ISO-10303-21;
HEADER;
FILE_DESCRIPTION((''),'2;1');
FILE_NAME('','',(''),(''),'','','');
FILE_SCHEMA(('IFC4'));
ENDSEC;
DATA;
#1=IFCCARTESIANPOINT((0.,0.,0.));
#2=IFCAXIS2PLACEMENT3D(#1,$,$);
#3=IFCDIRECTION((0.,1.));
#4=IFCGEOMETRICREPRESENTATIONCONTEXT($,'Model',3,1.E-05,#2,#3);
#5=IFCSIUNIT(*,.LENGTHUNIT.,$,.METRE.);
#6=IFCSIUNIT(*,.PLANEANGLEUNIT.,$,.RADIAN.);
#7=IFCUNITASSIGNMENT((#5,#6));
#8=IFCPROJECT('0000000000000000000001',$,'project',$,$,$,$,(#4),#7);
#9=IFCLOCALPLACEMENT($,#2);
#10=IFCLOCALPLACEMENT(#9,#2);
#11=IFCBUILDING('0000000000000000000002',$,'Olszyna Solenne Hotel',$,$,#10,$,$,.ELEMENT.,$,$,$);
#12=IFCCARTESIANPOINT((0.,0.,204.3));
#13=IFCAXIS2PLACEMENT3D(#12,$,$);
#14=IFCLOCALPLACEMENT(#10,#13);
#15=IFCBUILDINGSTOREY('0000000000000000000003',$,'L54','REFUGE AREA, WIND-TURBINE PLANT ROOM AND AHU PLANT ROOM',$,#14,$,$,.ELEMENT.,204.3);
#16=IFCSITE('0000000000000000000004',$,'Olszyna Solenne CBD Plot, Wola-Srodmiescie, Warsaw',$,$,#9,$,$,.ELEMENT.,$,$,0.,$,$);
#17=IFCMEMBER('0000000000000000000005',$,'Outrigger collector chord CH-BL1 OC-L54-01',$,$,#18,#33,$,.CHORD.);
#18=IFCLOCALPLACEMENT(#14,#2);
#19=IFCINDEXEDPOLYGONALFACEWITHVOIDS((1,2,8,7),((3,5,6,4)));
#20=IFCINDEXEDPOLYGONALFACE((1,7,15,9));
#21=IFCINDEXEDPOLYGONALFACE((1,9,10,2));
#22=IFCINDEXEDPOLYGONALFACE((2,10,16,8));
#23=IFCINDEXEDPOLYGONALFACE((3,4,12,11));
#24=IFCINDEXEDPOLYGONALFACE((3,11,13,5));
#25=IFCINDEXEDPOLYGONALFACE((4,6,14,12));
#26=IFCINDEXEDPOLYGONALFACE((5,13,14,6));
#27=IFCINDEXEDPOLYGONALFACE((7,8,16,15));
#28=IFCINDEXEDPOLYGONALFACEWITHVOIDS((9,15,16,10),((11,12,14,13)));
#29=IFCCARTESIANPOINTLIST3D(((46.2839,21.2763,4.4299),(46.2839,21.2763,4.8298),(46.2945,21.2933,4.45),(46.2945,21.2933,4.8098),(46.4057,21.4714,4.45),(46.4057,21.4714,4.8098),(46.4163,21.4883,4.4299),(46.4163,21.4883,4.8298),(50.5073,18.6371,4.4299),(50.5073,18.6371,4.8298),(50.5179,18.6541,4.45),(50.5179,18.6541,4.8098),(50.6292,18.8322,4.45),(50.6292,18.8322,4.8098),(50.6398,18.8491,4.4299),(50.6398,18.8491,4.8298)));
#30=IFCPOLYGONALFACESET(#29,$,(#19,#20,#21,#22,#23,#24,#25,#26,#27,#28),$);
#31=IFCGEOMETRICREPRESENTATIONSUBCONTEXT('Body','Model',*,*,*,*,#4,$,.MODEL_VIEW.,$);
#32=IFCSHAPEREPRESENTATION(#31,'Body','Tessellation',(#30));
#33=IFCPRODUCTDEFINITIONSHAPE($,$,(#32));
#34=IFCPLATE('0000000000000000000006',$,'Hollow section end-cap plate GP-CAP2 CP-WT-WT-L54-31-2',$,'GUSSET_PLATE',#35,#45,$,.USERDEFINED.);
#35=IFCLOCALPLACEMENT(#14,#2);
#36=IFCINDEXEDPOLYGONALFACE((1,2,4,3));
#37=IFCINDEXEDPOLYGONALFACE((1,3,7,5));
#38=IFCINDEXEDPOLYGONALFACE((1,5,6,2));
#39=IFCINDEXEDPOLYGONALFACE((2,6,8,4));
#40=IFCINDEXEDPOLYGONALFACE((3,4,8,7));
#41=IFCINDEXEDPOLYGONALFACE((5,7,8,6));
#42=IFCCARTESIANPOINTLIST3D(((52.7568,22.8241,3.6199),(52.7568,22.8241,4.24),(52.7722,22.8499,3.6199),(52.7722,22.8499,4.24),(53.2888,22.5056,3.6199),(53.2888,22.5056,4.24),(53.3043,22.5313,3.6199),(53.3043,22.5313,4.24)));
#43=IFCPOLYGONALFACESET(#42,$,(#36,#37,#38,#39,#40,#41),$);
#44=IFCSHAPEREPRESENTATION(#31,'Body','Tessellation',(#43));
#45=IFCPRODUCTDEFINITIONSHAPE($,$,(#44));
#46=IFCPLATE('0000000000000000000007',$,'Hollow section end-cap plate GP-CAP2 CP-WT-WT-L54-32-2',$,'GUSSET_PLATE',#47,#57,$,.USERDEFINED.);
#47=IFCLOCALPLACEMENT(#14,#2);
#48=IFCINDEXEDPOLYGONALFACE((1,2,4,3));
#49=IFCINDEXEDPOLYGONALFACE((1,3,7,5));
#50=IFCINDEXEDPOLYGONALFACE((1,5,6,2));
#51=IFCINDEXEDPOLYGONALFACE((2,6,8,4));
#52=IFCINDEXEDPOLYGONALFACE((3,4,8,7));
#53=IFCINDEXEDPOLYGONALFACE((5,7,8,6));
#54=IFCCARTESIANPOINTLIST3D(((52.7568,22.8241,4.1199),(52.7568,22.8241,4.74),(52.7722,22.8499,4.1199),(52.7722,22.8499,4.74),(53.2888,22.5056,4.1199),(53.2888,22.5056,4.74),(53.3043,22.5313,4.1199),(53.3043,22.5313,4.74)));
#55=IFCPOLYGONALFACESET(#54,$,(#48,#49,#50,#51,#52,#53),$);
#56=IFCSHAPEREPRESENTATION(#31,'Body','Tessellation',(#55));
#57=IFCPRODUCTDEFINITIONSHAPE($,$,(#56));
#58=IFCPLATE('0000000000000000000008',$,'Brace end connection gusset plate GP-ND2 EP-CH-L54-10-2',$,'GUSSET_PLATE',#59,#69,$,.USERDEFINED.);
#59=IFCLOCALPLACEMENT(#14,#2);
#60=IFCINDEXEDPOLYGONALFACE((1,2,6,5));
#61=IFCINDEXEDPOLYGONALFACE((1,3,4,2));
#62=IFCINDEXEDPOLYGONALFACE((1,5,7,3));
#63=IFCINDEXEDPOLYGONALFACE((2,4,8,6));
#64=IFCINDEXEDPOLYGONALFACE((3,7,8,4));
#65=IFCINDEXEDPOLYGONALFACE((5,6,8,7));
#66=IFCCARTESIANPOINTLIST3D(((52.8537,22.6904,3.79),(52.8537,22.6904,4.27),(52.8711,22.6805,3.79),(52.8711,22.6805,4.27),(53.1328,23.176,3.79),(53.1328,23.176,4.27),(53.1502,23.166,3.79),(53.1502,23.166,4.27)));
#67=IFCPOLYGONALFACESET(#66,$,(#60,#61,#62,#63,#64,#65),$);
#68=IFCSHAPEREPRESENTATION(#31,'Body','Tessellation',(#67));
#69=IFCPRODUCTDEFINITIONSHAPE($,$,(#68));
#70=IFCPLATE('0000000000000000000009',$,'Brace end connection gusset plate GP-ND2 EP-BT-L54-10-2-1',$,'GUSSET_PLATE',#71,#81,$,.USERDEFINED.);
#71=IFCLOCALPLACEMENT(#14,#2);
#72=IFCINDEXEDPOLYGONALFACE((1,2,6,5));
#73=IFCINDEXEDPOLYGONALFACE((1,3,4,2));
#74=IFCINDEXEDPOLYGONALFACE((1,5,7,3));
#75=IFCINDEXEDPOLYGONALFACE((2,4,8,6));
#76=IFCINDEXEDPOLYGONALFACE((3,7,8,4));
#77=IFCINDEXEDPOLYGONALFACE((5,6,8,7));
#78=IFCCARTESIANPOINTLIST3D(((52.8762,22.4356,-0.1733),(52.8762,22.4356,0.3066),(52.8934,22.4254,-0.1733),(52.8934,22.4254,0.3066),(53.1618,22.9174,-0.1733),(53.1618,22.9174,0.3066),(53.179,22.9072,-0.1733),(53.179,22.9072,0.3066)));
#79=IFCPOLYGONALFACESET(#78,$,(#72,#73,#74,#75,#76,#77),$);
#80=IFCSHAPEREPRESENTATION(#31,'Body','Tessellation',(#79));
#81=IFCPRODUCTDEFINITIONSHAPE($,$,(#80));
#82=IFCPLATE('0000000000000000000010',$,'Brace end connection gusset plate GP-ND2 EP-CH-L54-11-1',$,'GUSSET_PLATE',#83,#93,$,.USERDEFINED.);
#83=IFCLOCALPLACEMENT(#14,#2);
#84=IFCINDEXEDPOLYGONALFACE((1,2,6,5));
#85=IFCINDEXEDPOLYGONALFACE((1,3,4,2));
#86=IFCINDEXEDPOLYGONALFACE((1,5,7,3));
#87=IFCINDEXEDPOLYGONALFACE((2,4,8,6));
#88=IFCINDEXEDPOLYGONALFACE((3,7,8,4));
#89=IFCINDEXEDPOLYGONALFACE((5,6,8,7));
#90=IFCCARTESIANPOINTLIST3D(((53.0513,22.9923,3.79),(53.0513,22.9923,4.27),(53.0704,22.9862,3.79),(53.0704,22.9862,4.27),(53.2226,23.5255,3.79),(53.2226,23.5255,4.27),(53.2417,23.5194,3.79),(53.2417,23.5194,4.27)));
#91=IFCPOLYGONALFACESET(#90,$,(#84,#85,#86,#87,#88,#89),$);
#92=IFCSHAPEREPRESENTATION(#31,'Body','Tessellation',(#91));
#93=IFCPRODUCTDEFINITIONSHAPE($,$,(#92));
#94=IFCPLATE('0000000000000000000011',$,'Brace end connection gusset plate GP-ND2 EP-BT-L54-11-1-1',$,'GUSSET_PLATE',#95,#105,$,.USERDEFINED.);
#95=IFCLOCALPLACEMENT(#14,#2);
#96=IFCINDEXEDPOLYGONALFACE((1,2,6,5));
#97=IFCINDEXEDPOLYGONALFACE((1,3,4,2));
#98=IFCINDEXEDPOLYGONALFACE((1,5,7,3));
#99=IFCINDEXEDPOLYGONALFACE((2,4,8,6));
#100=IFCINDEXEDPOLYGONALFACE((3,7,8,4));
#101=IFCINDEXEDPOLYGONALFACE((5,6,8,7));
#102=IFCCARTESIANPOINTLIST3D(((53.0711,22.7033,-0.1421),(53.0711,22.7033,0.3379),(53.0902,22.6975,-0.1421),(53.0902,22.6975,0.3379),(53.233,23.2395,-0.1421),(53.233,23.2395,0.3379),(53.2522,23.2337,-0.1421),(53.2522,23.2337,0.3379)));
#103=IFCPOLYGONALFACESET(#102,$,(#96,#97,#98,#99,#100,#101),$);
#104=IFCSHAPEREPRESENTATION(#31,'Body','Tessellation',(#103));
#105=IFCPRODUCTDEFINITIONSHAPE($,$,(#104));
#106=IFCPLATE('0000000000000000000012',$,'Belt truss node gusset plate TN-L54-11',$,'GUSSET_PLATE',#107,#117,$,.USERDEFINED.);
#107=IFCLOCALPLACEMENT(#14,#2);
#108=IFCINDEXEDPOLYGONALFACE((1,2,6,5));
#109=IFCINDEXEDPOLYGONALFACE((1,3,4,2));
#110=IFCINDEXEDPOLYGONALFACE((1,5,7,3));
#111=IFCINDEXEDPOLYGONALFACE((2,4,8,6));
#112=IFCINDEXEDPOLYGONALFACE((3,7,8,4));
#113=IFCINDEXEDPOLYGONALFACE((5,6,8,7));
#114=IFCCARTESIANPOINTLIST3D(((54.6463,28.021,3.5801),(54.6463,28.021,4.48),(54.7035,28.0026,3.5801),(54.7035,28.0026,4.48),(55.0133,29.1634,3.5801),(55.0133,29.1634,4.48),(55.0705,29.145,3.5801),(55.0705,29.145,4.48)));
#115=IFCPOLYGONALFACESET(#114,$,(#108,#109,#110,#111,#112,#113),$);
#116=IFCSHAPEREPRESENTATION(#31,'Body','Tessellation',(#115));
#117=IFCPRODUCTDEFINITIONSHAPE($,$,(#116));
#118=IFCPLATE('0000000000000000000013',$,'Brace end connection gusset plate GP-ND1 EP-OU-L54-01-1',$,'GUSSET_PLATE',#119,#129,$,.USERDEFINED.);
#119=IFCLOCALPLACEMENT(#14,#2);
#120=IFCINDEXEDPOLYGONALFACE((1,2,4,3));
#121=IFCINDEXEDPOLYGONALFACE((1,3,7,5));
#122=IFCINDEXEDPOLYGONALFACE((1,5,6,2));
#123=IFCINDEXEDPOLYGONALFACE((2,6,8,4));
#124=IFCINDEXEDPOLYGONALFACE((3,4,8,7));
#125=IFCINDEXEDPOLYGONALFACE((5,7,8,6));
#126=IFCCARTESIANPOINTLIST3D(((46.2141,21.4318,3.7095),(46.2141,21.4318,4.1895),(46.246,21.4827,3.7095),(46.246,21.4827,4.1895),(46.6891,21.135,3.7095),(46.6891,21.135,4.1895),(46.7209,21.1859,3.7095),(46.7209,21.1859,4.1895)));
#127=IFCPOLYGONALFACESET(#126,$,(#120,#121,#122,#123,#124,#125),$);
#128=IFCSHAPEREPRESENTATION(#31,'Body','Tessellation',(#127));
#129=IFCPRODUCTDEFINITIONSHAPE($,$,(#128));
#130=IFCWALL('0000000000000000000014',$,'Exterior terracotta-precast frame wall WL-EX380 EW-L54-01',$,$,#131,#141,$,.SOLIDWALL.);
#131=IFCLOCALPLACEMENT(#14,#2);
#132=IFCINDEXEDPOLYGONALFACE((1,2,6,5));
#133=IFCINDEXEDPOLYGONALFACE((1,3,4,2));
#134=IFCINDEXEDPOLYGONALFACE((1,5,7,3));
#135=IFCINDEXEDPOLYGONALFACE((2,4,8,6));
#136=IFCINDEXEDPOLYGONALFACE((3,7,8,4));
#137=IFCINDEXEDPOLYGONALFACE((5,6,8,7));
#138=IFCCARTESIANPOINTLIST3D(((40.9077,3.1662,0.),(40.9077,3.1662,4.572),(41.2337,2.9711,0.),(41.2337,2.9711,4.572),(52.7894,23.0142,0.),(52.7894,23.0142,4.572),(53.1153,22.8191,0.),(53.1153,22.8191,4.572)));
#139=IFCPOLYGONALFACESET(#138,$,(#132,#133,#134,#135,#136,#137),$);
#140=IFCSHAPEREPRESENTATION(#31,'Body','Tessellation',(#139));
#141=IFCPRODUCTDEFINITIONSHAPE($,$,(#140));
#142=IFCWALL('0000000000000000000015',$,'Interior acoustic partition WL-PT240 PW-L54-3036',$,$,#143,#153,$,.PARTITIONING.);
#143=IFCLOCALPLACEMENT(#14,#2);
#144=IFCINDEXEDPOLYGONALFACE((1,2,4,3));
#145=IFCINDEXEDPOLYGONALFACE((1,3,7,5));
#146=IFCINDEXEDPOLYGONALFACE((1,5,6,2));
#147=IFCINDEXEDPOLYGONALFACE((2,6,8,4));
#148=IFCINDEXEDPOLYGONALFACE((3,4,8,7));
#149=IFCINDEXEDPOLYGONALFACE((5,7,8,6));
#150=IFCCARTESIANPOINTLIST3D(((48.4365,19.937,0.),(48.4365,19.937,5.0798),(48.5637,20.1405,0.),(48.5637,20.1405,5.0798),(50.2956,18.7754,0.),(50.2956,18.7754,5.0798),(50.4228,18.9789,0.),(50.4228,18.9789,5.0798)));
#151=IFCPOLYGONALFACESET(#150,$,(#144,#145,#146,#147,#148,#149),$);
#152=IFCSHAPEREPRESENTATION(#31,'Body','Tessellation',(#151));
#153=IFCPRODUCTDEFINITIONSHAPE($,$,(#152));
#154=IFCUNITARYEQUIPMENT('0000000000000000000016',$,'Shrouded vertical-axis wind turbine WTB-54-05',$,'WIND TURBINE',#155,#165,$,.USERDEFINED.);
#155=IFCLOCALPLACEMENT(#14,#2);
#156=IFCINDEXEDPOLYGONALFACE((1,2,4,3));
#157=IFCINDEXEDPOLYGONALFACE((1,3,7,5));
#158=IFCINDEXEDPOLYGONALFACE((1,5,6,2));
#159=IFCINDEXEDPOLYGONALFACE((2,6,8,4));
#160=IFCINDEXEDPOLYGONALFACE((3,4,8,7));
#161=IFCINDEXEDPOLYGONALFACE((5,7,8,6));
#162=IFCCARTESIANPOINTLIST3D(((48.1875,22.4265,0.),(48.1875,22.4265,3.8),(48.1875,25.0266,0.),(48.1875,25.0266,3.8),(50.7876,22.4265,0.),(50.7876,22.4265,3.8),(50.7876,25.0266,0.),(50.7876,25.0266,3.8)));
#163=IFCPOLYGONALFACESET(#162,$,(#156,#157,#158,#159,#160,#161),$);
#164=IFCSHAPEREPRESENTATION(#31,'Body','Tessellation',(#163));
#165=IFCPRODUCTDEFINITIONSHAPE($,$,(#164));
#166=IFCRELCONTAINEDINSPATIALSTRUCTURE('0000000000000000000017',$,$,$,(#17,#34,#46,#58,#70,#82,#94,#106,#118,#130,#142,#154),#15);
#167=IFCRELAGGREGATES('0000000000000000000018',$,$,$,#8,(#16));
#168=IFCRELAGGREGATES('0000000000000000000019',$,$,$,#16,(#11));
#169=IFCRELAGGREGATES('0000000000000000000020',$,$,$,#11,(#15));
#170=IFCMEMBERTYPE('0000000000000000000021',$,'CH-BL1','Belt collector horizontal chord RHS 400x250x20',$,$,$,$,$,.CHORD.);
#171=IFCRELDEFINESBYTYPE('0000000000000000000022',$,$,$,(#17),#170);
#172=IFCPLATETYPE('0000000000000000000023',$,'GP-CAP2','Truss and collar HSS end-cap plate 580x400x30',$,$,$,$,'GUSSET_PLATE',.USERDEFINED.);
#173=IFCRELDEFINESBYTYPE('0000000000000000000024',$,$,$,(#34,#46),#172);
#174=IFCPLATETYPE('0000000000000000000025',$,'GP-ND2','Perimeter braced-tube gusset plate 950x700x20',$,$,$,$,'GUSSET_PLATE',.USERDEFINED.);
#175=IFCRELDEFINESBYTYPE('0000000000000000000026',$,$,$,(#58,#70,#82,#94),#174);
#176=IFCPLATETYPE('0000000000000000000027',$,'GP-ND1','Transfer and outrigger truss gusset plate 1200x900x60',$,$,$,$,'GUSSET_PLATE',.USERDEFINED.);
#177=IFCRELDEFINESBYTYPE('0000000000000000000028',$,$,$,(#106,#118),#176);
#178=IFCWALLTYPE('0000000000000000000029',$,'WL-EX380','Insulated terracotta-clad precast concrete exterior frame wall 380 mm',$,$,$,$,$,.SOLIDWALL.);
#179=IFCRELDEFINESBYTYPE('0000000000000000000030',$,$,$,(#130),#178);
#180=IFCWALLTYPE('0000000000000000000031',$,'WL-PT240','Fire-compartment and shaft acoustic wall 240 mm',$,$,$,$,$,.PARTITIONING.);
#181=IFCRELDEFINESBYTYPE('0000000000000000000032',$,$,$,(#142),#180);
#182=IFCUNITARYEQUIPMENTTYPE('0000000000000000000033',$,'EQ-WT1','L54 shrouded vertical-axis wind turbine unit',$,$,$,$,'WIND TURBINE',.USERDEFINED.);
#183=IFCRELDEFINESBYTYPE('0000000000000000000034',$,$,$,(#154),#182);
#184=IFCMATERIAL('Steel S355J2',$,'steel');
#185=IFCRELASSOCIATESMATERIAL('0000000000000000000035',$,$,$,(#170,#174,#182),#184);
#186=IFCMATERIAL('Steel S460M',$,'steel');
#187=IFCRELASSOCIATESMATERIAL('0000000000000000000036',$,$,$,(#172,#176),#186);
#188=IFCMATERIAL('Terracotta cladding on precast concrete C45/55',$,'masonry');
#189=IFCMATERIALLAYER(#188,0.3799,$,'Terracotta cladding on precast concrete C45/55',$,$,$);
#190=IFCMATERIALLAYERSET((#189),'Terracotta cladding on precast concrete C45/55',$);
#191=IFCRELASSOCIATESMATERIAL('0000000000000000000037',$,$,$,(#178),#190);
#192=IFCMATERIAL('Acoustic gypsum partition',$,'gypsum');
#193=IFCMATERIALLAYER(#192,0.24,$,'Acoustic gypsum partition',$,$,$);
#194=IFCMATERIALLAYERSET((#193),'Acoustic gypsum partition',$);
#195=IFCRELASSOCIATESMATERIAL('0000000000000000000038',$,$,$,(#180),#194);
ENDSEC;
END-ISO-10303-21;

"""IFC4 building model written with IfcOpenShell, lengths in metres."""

from ifc_helpers import new_model, si_unit, direction, frame, frame_2d, origin, origin_2d, place, context, subcontext, project, spatial, rectangle, hollow_rectangle, extrude, source, transform, mapped, material, layer, layer_set, material_profile, profile_set, type_object, element, save


model = new_model("IFC4")

# Units and contexts
model_context = context("Model", 3, precision=1e-05, world=origin(), true_north=direction((0.0, 1.0)))
body_context = subcontext(model_context, "Body", "Model", "MODEL_VIEW")
ifc_project = project(units=[si_unit("LENGTHUNIT", "METRE"), si_unit("PLANEANGLEUNIT", "RADIAN")], contexts=[model_context])

# Site, building, storey
site_placement = place(None, origin())
site = spatial("IfcSite", under=ifc_project, at=site_placement, Name="Olszyna Solenne CBD Plot, Wola-Srodmiescie, Warsaw", CompositionType="ELEMENT", RefElevation=0.0)
building_placement = place(site_placement, origin())
building = spatial("IfcBuilding", under=site, at=building_placement, Name="Olszyna Solenne Hotel", CompositionType="ELEMENT")
storey_placement = place(building_placement, frame((0.0, 0.0, 204.3)))
storey = spatial("IfcBuildingStorey", under=building, at=storey_placement, Name="L54", Description="REFUGE AREA, WIND-TURBINE PLANT ROOM AND AHU PLANT ROOM", CompositionType="ELEMENT", Elevation=204.3)

# Shared definitions
ifc_material_1 = material(Name="Steel S460M", Category="steel")

# Shared definitions
ifc_material_2 = material(Name="Steel S355J2", Category="steel")

# Member
ifc_material_profile_1 = material_profile(ifc_material_2, hollow_rectangle(XDim=0.25, YDim=0.3999, WallThickness=0.02, at=origin_2d()), Name="RHS 400x250x20", Category="load-bearing")
ifc_profile_set_1 = profile_set([ifc_material_profile_1], Name="Steel S355J2")
member_type_1 = type_object("IfcMemberType", Name="CH-BL1", Description="Belt collector horizontal chord RHS 400x250x20", PredefinedType="CHORD", material=ifc_profile_set_1)
shared_shape_1 = source(origin(), body_context, "Body", "SweptSolid", [
    extrude(hollow_rectangle(XDim=0.25, YDim=0.3999, WallThickness=0.02, at=origin_2d()), origin(), (0.0, 0.0, 1.0), 4.9802),
])
member_1_placement = place(storey_placement, frame((46.3501, 21.3823, 4.6299), z_axis=(0.84804, -0.529933, 0.0), x_axis=(0.529933, 0.84804, 0.0)))
element("IfcMember", 1, at=member_1_placement, inside=storey, type_object=member_type_1, Name="Outrigger collector chord CH-BL1 OC-L54-01", PredefinedType="CHORD", context=body_context, shape_type="MappedRepresentation", body=[
    mapped(shared_shape_1, transform((0.0, 0.0, 0.0), x_axis=(1.0, 0.0, 0.0), y_axis=(0.0, 1.0, 0.0), z_axis=(0.0, 0.0, 1.0), scale=1.0)),
])

# Plates
plate_type_1 = type_object("IfcPlateType", Name="GP-CAP2", Description="Truss and collar HSS end-cap plate 580x400x30", ElementType="GUSSET_PLATE", PredefinedType="USERDEFINED", material=ifc_material_1)
shared_shape_2 = source(origin(), body_context, "Body", "SweptSolid", [
    extrude(rectangle(XDim=0.03, YDim=0.6201, at=origin_2d()), origin(), (0.0, 0.0, 1.0), 0.6201),
])
for number, where, z_axis, x_axis, name in (
    (2, (53.0305, 22.6777, 3.6199), (0.0, 0.0, 1.0), (0.513691, 0.857975, 0.0), "Hollow section end-cap plate GP-CAP2 CP-WT-WT-L54-31-2"),
    (3, (53.0305, 22.6777, 4.1199), (0.0, 0.0, 1.0), (0.513691, 0.857975, 0.0), "Hollow section end-cap plate GP-CAP2 CP-WT-WT-L54-32-2"),
):
    element("IfcPlate", number, at=place(storey_placement, frame(where, z_axis=z_axis, x_axis=x_axis)), inside=storey, type_object=plate_type_1, Name=name, ObjectType="GUSSET_PLATE", PredefinedType="USERDEFINED", context=body_context, shape_type="MappedRepresentation", body=[
        mapped(shared_shape_2, transform((0.0, 0.0, 0.0), x_axis=(1.0, 0.0, 0.0), y_axis=(0.0, 1.0, 0.0), z_axis=(0.0, 0.0, 1.0), scale=1.0)),
    ])
plate_type_2 = type_object("IfcPlateType", Name="GP-ND2", Description="Perimeter braced-tube gusset plate 950x700x20", ElementType="GUSSET_PLATE", PredefinedType="USERDEFINED", material=ifc_material_2)
shared_shape_3 = source(origin(), body_context, "Body", "SweptSolid", [
    extrude(rectangle(XDim=0.5601, YDim=0.02, at=origin_2d()), origin(), (0.0, 0.0, 1.0), 0.48),
])
for number, where, z_axis, x_axis, name in (
    (4, (53.002, 22.9282, 3.79), (0.0, 0.0, 1.0), (0.498336, 0.866984, 0.0), "Brace end connection gusset plate GP-ND2 EP-CH-L54-10-2"),
    (5, (53.0276, 22.6714, -0.1733), (0.0, 0.0, 1.0), (-0.509943, -0.860208, 0.0), "Brace end connection gusset plate GP-ND2 EP-BT-L54-10-2-1"),
    (6, (53.1465, 23.2559, 3.79), (0.0, 0.0, 1.0), (0.305861, 0.952076, 0.0), "Brace end connection gusset plate GP-ND2 EP-CH-L54-11-1"),
    (7, (53.1616, 22.9685, -0.1421), (0.0, 0.0, 1.0), (0.289199, 0.957269, 0.0), "Brace end connection gusset plate GP-ND2 EP-BT-L54-11-1-1"),
):
    element("IfcPlate", number, at=place(storey_placement, frame(where, z_axis=z_axis, x_axis=x_axis)), inside=storey, type_object=plate_type_2, Name=name, ObjectType="GUSSET_PLATE", PredefinedType="USERDEFINED", context=body_context, shape_type="MappedRepresentation", body=[
        mapped(shared_shape_3, transform((0.0, 0.0, 0.0), x_axis=(1.0, 0.0, 0.0), y_axis=(0.0, 1.0, 0.0), z_axis=(0.0, 0.0, 1.0), scale=1.0)),
    ])
plate_type_3 = type_object("IfcPlateType", Name="GP-ND1", Description="Transfer and outrigger truss gusset plate 1200x900x60", ElementType="GUSSET_PLATE", PredefinedType="USERDEFINED", material=ifc_material_1)
shared_shape_4 = source(origin(), body_context, "Body", "SweptSolid", [
    extrude(rectangle(XDim=1.2, YDim=0.0601, at=origin_2d()), origin(), (0.0, 0.0, 1.0), 0.8999),
])
plate_1_placement = place(storey_placement, frame((54.8584, 28.583, 3.5801), z_axis=(0.0, 0.0, 1.0), x_axis=(0.305861, 0.952076, 0.0)))
element("IfcPlate", 8, at=plate_1_placement, inside=storey, type_object=plate_type_3, Name="Belt truss node gusset plate TN-L54-11", ObjectType="GUSSET_PLATE", PredefinedType="USERDEFINED", context=body_context, shape_type="MappedRepresentation", body=[
    mapped(shared_shape_4, transform((0.0, 0.0, 0.0), x_axis=(1.0, 0.0, 0.0), y_axis=(0.0, 1.0, 0.0), z_axis=(0.0, 0.0, 1.0), scale=1.0)),
])
shared_shape_5 = source(origin(), body_context, "Body", "SweptSolid", [
    extrude(rectangle(XDim=0.5601, YDim=0.0601, at=origin_2d()), origin(), (0.0, 0.0, 1.0), 0.48),
])
plate_2_placement = place(storey_placement, frame((46.4675, 21.3088, 3.7095), z_axis=(0.0, 0.0, 1.0), x_axis=(0.848048, -0.529919, 0.0)))
element("IfcPlate", 9, at=plate_2_placement, inside=storey, type_object=plate_type_3, Name="Brace end connection gusset plate GP-ND1 EP-OU-L54-01-1", ObjectType="GUSSET_PLATE", PredefinedType="USERDEFINED", context=body_context, shape_type="MappedRepresentation", body=[
    mapped(shared_shape_5, transform((0.0, 0.0, 0.0), x_axis=(1.0, 0.0, 0.0), y_axis=(0.0, 1.0, 0.0), z_axis=(0.0, 0.0, 1.0), scale=1.0)),
])

# Walls
ifc_material_3 = material(Name="Terracotta cladding on precast concrete C45/55", Category="masonry")
ifc_layer_1 = layer(ifc_material_3, 0.3799, Name="Terracotta cladding on precast concrete C45/55")
ifc_layer_set_1 = layer_set([ifc_layer_1], Name="Terracotta cladding on precast concrete C45/55")
wall_type_1 = type_object("IfcWallType", Name="WL-EX380", Description="Insulated terracotta-clad precast concrete exterior frame wall 380 mm", PredefinedType="SOLIDWALL", material=ifc_layer_set_1)
wall_1_placement = place(storey_placement, frame((52.9524, 22.9167, 0.0), z_axis=(0.0, 0.0, 1.0), x_axis=(-0.513633, -0.85801, 0.0)))
element("IfcWall", 10, at=wall_1_placement, inside=storey, type_object=wall_type_1, Name="Exterior terracotta-precast frame wall WL-EX380 EW-L54-01", PredefinedType="SOLIDWALL", context=body_context, shape_type="SweptSolid", body=[
    extrude(rectangle(XDim=23.1326, YDim=0.3799, at=frame_2d((11.5664, 0.0))), origin(), (0.0, 0.0, 1.0), 4.572),
])
ifc_material_4 = material(Name="Acoustic gypsum partition", Category="gypsum")
ifc_layer_2 = layer(ifc_material_4, 0.24, Name="Acoustic gypsum partition")
ifc_layer_set_2 = layer_set([ifc_layer_2], Name="Acoustic gypsum partition")
wall_type_2 = type_object("IfcWallType", Name="WL-PT240", Description="Fire-compartment and shaft acoustic wall 240 mm", PredefinedType="PARTITIONING", material=ifc_layer_set_2)
wall_2_placement = place(storey_placement, frame((48.5, 20.0388, 0.0), z_axis=(0.0, 0.0, 1.0), x_axis=(0.848067, -0.529889, 0.0)))
element("IfcWall", 11, at=wall_2_placement, inside=storey, type_object=wall_type_2, Name="Interior acoustic partition WL-PT240 PW-L54-3036", PredefinedType="PARTITIONING", context=body_context, shape_type="SweptSolid", body=[
    extrude(rectangle(XDim=2.1921, YDim=0.24, at=frame_2d((1.0962, 0.0))), origin(), (0.0, 0.0, 1.0), 5.0798),
])

# Unitary equipment
unitary_equipment_type = type_object("IfcUnitaryEquipmentType", Name="EQ-WT1", Description="L54 shrouded vertical-axis wind turbine unit", ElementType="WIND TURBINE", PredefinedType="USERDEFINED", material=ifc_material_2)
shared_shape_6 = source(origin(), body_context, "Body", "SweptSolid", [
    extrude(rectangle(XDim=2.6001, YDim=2.6001, at=origin_2d()), origin(), (0.0, 0.0, 1.0), 3.8),
])
unitary_equipment_placement = place(storey_placement, frame((49.4875, 23.7266, 0.0), z_axis=(0.0, 0.0, 1.0), x_axis=(1.0, 0.0, 0.0)))
element("IfcUnitaryEquipment", 12, at=unitary_equipment_placement, inside=storey, type_object=unitary_equipment_type, Name="Shrouded vertical-axis wind turbine WTB-54-05", ObjectType="WIND TURBINE", PredefinedType="USERDEFINED", context=body_context, shape_type="MappedRepresentation", body=[
    mapped(shared_shape_6, transform((0.0, 0.0, 0.0), x_axis=(1.0, 0.0, 0.0), y_axis=(0.0, 1.0, 0.0), z_axis=(0.0, 0.0, 1.0), scale=1.0)),
])

save(model, "model.ifc")
